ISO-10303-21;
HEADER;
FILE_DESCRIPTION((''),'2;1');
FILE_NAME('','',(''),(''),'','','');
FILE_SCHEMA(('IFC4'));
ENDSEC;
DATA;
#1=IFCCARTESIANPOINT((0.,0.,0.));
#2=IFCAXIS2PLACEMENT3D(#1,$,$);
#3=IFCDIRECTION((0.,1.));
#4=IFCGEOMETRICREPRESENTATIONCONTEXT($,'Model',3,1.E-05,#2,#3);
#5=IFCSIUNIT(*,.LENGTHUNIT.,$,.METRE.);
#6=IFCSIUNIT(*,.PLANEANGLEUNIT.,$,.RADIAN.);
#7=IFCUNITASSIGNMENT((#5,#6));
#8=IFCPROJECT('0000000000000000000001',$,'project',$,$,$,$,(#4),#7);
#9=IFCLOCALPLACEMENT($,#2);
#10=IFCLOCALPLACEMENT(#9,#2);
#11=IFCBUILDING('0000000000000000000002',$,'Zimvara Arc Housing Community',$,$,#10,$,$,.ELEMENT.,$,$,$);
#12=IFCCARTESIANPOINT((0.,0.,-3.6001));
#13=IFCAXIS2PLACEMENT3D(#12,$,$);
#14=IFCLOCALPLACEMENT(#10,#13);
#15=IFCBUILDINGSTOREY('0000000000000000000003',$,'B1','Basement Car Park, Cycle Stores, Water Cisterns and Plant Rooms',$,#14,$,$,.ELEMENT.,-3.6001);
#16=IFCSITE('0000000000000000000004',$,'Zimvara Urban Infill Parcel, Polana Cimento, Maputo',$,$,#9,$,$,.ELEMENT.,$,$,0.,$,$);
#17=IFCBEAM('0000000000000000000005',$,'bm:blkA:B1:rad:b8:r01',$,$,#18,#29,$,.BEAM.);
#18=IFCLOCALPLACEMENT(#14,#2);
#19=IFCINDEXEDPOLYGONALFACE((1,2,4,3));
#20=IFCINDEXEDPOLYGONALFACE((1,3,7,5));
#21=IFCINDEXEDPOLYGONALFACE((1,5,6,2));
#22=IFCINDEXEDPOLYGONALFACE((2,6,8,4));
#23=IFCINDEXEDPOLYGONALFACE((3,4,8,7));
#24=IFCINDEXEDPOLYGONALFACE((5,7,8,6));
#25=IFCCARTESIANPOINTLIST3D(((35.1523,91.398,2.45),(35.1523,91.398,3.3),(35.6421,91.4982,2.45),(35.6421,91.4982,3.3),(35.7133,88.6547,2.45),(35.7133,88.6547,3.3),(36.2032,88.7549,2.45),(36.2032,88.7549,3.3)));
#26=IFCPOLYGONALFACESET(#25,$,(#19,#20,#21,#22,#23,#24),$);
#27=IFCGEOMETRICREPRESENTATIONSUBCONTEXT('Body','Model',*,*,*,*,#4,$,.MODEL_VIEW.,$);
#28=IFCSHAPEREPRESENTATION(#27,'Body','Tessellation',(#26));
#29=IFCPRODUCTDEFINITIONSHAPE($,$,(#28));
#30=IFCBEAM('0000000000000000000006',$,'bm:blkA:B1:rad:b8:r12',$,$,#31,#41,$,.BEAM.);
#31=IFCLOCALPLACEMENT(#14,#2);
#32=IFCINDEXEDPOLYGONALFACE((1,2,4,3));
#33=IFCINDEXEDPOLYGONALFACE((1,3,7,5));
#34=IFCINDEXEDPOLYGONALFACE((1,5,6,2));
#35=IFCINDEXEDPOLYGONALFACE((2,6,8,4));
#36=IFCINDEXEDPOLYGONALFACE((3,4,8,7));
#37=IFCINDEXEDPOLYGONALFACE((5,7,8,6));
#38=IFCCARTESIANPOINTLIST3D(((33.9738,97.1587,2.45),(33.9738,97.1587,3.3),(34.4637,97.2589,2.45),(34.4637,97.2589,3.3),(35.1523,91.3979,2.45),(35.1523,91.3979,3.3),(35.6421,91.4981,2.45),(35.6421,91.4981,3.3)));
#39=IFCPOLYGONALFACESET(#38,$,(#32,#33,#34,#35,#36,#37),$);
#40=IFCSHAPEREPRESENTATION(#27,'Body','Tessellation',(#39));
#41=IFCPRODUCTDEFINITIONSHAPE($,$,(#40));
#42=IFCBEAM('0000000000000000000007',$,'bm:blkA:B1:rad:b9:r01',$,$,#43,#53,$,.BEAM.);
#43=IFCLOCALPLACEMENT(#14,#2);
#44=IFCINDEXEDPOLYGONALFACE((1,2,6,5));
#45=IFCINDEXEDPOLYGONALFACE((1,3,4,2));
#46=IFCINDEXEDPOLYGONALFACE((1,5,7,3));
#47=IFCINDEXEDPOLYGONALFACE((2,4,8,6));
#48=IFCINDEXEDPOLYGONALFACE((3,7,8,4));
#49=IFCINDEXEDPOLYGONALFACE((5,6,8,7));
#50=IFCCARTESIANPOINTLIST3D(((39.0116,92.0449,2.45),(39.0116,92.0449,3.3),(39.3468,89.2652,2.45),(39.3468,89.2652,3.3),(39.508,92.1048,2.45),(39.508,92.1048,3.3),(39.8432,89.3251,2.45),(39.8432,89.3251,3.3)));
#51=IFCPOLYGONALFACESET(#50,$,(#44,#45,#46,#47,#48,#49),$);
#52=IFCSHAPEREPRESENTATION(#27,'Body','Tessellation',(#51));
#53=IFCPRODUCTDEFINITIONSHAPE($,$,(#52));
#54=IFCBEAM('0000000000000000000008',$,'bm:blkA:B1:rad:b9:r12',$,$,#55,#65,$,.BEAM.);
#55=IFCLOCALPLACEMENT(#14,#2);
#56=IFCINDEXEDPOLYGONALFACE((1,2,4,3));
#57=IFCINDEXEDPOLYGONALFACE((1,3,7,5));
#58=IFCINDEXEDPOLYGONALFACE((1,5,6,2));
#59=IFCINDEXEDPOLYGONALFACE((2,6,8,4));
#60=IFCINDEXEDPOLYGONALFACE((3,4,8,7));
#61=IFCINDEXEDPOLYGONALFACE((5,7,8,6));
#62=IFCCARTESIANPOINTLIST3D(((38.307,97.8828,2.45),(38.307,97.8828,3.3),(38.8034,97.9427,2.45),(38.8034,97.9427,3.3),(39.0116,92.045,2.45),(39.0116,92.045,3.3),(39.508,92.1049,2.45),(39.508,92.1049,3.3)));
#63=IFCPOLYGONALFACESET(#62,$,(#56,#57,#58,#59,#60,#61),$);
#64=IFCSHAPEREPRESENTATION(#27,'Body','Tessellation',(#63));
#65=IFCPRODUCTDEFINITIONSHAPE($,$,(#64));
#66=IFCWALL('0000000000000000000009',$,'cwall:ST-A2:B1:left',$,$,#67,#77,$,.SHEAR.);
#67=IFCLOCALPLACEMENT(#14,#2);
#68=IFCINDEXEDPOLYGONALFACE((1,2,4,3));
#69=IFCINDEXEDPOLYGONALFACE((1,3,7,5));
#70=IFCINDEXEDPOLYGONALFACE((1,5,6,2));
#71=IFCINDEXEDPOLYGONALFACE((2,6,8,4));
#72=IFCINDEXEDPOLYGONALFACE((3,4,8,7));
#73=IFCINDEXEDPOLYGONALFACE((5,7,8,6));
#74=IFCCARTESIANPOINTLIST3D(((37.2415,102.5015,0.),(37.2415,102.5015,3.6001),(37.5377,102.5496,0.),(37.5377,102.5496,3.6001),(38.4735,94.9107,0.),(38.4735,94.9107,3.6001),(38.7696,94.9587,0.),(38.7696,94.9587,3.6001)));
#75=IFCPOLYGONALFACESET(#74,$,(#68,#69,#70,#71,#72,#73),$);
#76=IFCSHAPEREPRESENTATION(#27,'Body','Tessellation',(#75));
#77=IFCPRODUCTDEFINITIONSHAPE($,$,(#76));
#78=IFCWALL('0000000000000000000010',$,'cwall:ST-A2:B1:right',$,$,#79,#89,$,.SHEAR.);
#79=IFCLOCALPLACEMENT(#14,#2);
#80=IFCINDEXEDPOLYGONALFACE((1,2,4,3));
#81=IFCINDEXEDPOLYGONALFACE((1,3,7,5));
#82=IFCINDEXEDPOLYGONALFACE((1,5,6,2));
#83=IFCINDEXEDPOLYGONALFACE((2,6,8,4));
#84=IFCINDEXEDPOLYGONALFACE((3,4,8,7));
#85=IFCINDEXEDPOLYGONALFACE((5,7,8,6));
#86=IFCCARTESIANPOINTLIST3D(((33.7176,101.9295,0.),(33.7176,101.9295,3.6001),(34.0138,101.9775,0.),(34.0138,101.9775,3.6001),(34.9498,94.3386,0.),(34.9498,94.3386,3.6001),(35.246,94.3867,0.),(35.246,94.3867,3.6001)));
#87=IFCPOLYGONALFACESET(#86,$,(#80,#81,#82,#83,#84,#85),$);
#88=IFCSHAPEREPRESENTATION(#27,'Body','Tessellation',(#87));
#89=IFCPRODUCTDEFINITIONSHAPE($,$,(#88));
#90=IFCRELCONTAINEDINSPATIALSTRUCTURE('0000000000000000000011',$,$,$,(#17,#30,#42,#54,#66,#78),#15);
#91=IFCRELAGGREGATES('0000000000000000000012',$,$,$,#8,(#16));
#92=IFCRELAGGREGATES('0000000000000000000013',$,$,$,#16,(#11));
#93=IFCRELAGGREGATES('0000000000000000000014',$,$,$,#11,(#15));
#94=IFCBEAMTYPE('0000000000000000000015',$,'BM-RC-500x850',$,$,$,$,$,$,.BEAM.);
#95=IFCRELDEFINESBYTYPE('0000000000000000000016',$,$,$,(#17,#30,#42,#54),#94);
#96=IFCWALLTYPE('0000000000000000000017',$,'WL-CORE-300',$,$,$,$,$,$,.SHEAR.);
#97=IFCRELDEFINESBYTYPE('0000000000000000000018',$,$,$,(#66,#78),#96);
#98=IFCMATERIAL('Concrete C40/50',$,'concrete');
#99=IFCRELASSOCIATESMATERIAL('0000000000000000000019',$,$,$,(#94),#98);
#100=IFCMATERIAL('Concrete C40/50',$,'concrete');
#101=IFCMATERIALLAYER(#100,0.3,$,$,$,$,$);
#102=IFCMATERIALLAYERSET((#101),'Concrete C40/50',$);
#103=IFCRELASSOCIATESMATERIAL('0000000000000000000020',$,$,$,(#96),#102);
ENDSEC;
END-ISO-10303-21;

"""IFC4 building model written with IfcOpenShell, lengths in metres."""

from ifc_helpers import new_model, si_unit, direction, frame, frame_2d, origin, origin_2d, place, context, subcontext, project, spatial, rectangle, extrude, material, layer, layer_set, material_profile, profile_set, type_object, element, save


model = new_model("IFC4")

# Units and contexts
model_context = context("Model", 3, precision=1e-05, world=origin(), true_north=direction((0.0, 1.0)))
body_context = subcontext(model_context, "Body", "Model", "MODEL_VIEW")
ifc_project = project(units=[si_unit("LENGTHUNIT", "METRE"), si_unit("PLANEANGLEUNIT", "RADIAN")], contexts=[model_context])

# Site, building, storey
site_placement = place(None, origin())
site = spatial("IfcSite", under=ifc_project, at=site_placement, Name="Zimvara Urban Infill Parcel, Polana Cimento, Maputo", CompositionType="ELEMENT", RefElevation=0.0)
building_placement = place(site_placement, origin())
building = spatial("IfcBuilding", under=site, at=building_placement, Name="Zimvara Arc Housing Community", CompositionType="ELEMENT")
storey_placement = place(building_placement, frame((0.0, 0.0, -3.6001)))
storey = spatial("IfcBuildingStorey", under=building, at=storey_placement, Name="B1", Description="Basement Car Park, Cycle Stores, Water Cisterns and Plant Rooms", CompositionType="ELEMENT", Elevation=-3.6001)

# Beams
ifc_material_1 = material(Name="Concrete C40/50", Category="concrete")
ifc_material_profile_1 = material_profile(ifc_material_1, rectangle(XDim=0.5, YDim=0.8501, at=origin_2d()), Name="RC 500x850")
ifc_profile_set_1 = profile_set([ifc_material_profile_1], Name="Concrete C40/50")
beam_type = type_object("IfcBeamType", Name="BM-RC-500x850", PredefinedType="BEAM", material=ifc_profile_set_1)
beam_1_placement = place(storey_placement, frame((35.9583, 88.7048, 2.875), z_axis=(-0.200373, 0.97972, 0.0), x_axis=(-0.97972, -0.200373, 0.0)))
element("IfcBeam", 1, at=beam_1_placement, inside=storey, type_object=beam_type, Name="bm:blkA:B1:rad:b8:r01", PredefinedType="BEAM", context=body_context, shape_type="SweptSolid", body=[
    extrude(rectangle(XDim=0.5, YDim=0.8501, at=origin_2d()), origin(), (0.0, 0.0, 1.0), 2.8),
])
beam_2_placement = place(storey_placement, frame((35.3972, 91.448, 2.875), z_axis=(-0.200418, 0.97971, 0.0), x_axis=(-0.97971, -0.200418, 0.0)))
element("IfcBeam", 2, at=beam_2_placement, inside=storey, type_object=beam_type, Name="bm:blkA:B1:rad:b8:r12", PredefinedType="BEAM", context=body_context, shape_type="SweptSolid", body=[
    extrude(rectangle(XDim=0.5, YDim=0.8501, at=origin_2d()), origin(), (0.0, 0.0, 1.0), 5.8801),
])
beam_3_placement = place(storey_placement, frame((39.595, 89.2952, 2.875), z_axis=(-0.119719, 0.992808, 0.0), x_axis=(-0.992808, -0.119719, 0.0)))
element("IfcBeam", 3, at=beam_3_placement, inside=storey, type_object=beam_type, Name="bm:blkA:B1:rad:b9:r01", PredefinedType="BEAM", context=body_context, shape_type="SweptSolid", body=[
    extrude(rectangle(XDim=0.5, YDim=0.8501, at=origin_2d()), origin(), (0.0, 0.0, 1.0), 2.7998),
])
beam_4_placement = place(storey_placement, frame((39.2598, 92.075, 2.875), z_axis=(-0.119828, 0.992795, 0.0), x_axis=(-0.992795, -0.119828, 0.0)))
element("IfcBeam", 4, at=beam_4_placement, inside=storey, type_object=beam_type, Name="bm:blkA:B1:rad:b9:r12", PredefinedType="BEAM", context=body_context, shape_type="SweptSolid", body=[
    extrude(rectangle(XDim=0.5, YDim=0.8501, at=origin_2d()), origin(), (0.0, 0.0, 1.0), 5.8801),
])

# Shared definitions
ifc_material_2 = material(Name="Concrete C40/50", Category="concrete")
ifc_layer = layer(ifc_material_2, 0.3)
ifc_layer_set = layer_set([ifc_layer], Name="Concrete C40/50")
wall_type = type_object("IfcWallType", Name="WL-CORE-300", PredefinedType="SHEAR", material=ifc_layer_set)

# Walls
for number, where, z_axis, x_axis, name in (
    (5, (38.6216, 94.9346, 0.0), (0.0, 0.0, 1.0), (-0.160197, 0.987085, 0.0), "cwall:ST-A2:B1:left"),
    (6, (35.0979, 94.3625, 0.0), (0.0, 0.0, 1.0), (-0.160227, 0.98708, 0.0), "cwall:ST-A2:B1:right"),
):
    element("IfcWall", number, at=place(storey_placement, frame(where, z_axis=z_axis, x_axis=x_axis)), inside=storey, type_object=wall_type, Name=name, PredefinedType="SHEAR", context=body_context, shape_type="SweptSolid", body=[
        extrude(rectangle(XDim=7.6902, YDim=0.3, at=frame_2d((3.8452, 0.0))), origin(), (0.0, 0.0, 1.0), 3.6001),
    ])

save(model, "model.ifc")
